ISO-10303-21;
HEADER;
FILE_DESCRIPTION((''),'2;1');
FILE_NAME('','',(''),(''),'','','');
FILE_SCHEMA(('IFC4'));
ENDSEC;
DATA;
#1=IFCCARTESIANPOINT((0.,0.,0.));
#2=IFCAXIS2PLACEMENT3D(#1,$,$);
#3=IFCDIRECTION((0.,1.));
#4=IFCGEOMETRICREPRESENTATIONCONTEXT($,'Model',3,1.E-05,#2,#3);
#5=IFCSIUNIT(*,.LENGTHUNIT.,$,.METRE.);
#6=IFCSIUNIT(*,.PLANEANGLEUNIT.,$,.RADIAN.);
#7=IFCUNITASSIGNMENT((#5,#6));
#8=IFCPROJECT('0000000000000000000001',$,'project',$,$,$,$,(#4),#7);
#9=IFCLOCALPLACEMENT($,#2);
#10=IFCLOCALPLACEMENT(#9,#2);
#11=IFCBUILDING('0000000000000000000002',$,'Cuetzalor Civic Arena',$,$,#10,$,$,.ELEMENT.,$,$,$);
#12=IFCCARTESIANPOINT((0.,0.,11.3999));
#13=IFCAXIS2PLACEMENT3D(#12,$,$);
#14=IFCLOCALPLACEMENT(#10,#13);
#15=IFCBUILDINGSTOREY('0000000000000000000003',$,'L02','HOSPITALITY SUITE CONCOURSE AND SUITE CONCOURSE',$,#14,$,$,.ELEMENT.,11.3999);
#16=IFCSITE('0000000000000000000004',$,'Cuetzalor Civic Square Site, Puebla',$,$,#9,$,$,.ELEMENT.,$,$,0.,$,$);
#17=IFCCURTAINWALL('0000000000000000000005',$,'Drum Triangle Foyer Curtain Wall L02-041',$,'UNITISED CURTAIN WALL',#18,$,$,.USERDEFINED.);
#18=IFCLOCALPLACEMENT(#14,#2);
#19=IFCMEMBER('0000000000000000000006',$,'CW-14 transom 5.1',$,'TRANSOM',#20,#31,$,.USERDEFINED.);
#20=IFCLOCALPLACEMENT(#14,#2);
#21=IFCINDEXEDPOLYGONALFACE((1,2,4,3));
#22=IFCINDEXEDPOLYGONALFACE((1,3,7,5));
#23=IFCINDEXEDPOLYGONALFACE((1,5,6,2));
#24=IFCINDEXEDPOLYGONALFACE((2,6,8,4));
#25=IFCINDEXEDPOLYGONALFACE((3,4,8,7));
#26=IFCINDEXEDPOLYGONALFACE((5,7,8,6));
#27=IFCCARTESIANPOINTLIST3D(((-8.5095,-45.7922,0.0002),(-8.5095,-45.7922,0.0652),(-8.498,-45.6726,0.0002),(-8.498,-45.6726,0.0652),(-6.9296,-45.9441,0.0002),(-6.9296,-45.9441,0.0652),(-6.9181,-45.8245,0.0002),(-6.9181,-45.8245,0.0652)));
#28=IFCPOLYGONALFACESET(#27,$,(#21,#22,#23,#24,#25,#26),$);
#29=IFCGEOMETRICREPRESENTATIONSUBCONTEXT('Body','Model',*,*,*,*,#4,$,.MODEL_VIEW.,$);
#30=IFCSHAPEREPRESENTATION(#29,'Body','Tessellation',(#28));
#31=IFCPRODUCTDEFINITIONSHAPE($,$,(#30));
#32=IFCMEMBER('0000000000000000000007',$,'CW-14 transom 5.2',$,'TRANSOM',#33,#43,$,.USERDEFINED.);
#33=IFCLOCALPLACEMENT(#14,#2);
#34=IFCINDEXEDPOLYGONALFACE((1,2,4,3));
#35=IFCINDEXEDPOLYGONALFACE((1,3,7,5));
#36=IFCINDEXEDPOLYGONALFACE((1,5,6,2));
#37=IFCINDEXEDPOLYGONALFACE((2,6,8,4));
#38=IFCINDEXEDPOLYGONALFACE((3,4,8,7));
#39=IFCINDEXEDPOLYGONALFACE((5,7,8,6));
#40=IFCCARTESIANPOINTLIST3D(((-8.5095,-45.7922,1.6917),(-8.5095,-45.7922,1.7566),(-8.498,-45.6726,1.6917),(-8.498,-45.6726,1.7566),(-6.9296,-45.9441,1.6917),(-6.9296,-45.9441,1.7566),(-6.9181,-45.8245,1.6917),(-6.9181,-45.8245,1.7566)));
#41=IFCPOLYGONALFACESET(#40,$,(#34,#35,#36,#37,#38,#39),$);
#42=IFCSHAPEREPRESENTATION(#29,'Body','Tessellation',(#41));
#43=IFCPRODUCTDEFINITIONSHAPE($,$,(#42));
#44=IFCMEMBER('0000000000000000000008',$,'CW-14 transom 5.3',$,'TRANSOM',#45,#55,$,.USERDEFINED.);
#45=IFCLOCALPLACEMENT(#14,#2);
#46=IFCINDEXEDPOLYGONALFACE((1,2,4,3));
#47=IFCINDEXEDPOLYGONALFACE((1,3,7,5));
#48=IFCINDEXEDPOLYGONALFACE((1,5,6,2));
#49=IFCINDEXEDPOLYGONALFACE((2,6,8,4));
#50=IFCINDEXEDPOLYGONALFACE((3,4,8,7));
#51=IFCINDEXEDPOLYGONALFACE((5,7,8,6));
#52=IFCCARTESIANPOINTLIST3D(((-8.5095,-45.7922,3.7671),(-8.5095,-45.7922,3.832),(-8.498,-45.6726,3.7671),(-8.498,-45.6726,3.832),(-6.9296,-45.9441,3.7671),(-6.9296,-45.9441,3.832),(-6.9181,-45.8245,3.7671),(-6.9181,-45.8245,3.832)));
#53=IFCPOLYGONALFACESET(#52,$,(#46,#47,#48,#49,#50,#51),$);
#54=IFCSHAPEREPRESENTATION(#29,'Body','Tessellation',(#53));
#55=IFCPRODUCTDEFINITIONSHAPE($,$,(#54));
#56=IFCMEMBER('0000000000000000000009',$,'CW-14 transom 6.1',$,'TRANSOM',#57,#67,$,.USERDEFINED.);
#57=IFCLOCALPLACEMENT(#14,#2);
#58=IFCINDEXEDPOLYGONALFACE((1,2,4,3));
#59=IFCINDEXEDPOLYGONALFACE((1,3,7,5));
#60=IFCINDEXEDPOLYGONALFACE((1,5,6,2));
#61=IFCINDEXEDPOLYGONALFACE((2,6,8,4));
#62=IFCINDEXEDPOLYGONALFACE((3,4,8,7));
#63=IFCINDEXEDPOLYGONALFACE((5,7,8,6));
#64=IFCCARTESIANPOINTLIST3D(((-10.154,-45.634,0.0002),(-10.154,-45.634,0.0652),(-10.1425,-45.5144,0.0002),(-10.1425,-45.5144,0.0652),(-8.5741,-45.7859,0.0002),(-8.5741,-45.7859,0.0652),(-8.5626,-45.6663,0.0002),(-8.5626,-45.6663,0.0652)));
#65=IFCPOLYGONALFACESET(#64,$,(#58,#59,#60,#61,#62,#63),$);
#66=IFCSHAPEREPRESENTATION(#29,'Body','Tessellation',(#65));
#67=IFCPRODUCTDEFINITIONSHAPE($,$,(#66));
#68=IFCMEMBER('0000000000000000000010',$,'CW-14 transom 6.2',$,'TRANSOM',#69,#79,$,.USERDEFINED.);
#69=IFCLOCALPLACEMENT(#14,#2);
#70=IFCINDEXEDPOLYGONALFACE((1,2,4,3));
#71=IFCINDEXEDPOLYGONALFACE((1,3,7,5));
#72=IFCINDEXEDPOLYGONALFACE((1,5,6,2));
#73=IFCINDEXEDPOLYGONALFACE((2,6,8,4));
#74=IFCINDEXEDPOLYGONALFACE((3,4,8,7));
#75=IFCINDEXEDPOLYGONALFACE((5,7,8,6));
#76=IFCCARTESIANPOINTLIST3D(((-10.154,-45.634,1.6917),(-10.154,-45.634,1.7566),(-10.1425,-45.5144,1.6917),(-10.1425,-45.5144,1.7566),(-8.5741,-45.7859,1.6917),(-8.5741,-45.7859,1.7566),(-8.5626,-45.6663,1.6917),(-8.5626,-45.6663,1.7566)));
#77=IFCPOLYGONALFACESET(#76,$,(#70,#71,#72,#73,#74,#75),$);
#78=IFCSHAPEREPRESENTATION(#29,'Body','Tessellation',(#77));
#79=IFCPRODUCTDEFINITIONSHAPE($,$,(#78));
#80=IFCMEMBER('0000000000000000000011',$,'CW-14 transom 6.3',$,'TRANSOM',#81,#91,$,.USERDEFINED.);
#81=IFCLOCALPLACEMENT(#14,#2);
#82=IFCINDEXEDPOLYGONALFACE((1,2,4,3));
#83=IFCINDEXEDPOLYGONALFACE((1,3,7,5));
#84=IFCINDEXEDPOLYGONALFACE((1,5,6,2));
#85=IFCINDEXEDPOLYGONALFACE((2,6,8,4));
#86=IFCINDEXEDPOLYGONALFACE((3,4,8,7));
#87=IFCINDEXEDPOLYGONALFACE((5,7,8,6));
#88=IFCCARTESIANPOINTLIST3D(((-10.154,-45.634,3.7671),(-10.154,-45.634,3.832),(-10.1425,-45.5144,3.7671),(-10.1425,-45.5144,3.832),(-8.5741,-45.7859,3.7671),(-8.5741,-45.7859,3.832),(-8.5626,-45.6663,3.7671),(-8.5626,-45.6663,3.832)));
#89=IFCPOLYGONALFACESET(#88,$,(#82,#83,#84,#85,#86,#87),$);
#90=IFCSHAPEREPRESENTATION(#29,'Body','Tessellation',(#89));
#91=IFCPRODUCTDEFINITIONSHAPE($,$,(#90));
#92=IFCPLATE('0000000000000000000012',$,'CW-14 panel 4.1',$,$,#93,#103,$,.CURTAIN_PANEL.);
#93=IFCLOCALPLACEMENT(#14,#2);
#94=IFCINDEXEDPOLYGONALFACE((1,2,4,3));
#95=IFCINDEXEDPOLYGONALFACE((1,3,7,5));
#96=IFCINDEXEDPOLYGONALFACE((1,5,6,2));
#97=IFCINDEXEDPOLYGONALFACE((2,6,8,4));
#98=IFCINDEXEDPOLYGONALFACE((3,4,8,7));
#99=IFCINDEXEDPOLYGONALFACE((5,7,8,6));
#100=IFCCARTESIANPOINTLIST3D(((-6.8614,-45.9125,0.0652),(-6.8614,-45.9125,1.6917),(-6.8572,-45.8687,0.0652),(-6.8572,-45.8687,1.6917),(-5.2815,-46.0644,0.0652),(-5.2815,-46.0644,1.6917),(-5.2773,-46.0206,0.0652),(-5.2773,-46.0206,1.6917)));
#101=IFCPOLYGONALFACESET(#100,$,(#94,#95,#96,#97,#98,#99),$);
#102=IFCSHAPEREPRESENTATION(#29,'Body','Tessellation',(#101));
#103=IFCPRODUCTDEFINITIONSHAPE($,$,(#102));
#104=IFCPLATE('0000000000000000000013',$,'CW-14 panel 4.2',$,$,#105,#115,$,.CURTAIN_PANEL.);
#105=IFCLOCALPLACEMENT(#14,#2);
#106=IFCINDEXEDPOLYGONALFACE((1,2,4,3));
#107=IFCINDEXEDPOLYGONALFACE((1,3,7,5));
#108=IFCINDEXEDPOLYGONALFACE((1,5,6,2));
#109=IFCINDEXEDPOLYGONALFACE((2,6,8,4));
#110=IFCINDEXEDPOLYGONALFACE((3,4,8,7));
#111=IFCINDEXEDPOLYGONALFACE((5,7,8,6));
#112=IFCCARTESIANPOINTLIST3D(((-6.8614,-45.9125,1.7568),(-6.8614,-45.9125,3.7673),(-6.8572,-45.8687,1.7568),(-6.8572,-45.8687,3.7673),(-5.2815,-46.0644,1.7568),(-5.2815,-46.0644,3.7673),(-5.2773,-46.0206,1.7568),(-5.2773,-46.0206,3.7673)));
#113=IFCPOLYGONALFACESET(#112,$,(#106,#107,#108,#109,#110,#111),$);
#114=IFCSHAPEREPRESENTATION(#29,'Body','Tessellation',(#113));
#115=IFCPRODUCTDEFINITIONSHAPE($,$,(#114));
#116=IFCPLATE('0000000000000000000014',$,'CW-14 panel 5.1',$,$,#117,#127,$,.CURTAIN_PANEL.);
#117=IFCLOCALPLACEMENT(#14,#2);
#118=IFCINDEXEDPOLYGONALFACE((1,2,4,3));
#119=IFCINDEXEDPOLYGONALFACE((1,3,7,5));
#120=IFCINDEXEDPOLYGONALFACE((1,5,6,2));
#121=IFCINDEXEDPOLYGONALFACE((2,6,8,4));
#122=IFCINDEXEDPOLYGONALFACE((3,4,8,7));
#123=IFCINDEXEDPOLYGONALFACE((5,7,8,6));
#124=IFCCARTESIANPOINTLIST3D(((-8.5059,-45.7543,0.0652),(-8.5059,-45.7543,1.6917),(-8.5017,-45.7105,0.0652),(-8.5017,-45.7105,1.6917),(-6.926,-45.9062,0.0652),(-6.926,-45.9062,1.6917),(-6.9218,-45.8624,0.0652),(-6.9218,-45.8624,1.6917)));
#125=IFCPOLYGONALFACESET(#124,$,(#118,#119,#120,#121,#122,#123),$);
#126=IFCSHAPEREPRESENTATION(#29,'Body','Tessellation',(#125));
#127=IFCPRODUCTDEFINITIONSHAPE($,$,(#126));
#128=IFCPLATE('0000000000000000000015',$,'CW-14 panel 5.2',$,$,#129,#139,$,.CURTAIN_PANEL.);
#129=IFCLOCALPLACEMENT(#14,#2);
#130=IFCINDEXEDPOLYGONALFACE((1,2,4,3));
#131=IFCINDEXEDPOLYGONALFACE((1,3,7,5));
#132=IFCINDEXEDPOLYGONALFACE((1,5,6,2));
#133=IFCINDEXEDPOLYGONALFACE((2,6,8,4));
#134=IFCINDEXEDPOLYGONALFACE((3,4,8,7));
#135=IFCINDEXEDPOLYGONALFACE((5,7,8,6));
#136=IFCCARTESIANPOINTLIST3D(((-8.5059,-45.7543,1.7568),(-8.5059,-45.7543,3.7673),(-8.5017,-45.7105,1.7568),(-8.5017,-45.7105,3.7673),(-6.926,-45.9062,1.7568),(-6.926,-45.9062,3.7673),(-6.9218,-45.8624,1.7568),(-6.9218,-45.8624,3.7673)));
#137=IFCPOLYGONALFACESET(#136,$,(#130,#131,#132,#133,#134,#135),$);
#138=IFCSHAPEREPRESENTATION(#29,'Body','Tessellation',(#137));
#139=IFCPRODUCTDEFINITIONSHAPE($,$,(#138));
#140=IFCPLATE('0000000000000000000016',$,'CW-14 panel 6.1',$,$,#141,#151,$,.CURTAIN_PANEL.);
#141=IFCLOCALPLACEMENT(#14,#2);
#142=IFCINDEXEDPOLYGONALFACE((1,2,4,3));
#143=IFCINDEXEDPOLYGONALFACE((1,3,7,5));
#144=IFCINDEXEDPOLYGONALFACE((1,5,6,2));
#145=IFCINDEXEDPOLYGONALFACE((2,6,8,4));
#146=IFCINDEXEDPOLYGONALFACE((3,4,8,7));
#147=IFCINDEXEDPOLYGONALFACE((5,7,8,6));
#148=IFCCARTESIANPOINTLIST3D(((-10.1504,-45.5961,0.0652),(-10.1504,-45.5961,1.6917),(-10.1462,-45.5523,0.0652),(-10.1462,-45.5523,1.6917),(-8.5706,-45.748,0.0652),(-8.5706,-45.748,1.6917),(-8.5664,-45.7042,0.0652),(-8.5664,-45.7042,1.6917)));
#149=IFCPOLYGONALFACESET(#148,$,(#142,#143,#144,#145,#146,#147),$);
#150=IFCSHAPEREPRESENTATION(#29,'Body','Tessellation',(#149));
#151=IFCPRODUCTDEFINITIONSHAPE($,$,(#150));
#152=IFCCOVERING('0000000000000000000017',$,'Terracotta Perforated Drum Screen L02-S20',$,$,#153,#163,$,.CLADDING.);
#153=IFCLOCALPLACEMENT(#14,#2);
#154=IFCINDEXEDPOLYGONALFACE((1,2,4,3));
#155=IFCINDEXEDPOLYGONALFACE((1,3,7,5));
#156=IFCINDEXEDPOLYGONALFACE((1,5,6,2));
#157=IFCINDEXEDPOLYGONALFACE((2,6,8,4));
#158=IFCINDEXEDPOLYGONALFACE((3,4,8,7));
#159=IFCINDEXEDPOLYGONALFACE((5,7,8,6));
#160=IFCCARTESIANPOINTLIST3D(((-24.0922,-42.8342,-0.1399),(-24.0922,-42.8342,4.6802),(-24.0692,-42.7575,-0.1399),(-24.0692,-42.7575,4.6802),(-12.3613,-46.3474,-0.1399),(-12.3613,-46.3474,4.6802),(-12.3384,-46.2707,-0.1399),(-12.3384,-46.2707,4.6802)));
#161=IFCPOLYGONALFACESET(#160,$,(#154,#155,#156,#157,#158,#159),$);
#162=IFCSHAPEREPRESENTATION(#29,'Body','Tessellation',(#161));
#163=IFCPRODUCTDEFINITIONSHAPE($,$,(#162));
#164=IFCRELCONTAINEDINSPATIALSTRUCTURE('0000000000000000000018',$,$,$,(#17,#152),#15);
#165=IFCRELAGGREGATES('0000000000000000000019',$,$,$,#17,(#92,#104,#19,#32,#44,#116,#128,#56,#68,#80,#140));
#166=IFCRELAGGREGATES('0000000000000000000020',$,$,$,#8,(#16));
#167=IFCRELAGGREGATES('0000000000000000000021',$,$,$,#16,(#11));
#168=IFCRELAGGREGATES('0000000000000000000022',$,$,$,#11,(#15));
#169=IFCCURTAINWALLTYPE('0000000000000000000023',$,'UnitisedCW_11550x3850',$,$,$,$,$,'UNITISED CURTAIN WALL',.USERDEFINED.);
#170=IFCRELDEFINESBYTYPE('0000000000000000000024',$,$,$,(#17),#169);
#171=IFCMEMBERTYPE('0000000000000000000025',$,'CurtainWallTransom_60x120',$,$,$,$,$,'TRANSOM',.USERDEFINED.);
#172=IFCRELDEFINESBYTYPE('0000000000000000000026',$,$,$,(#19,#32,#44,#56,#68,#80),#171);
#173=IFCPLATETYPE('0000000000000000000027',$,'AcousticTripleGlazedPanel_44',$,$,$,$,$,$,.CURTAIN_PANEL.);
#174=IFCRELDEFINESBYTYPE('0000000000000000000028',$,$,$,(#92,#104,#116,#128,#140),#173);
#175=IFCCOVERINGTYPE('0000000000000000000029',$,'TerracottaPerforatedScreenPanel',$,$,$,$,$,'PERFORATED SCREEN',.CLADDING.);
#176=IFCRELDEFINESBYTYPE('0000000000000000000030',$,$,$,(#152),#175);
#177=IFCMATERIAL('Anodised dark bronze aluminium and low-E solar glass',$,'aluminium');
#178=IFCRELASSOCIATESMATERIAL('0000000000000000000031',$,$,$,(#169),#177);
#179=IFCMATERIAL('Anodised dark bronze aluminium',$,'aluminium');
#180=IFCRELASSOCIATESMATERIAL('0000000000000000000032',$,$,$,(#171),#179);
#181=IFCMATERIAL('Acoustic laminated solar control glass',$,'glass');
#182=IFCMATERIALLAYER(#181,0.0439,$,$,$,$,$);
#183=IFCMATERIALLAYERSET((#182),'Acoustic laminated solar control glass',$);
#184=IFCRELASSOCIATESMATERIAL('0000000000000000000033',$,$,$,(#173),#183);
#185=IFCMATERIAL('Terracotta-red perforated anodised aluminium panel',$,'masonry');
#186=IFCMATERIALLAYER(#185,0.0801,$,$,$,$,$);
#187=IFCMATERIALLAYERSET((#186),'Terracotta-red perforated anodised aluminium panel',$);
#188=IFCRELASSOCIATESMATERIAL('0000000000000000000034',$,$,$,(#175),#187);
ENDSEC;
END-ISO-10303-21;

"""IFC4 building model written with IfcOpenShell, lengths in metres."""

from ifc_helpers import new_model, si_unit, direction, frame, frame_2d, origin, origin_2d, place, context, subcontext, project, spatial, rectangle, extrude, material, layer, layer_set, material_profile, profile_set, type_object, element, aggregate, save


model = new_model("IFC4")

# Units and contexts
model_context = context("Model", 3, precision=1e-05, world=origin(), true_north=direction((0.0, 1.0)))
body_context = subcontext(model_context, "Body", "Model", "MODEL_VIEW")
ifc_project = project(units=[si_unit("LENGTHUNIT", "METRE"), si_unit("PLANEANGLEUNIT", "RADIAN")], contexts=[model_context])

# Site, building, storey
site_placement = place(None, origin())
site = spatial("IfcSite", under=ifc_project, at=site_placement, Name="Cuetzalor Civic Square Site, Puebla", CompositionType="ELEMENT", RefElevation=0.0)
building_placement = place(site_placement, origin())
building = spatial("IfcBuilding", under=site, at=building_placement, Name="Cuetzalor Civic Arena", CompositionType="ELEMENT")
storey_placement = place(building_placement, frame((0.0, 0.0, 11.3999)))
storey = spatial("IfcBuildingStorey", under=building, at=storey_placement, Name="L02", Description="HOSPITALITY SUITE CONCOURSE AND SUITE CONCOURSE", CompositionType="ELEMENT", Elevation=11.3999)

# Curtain wall, members, plates
ifc_material_1 = material(Name="Anodised dark bronze aluminium and low-E solar glass", Category="aluminium")
curtain_wall_type = type_object("IfcCurtainWallType", Name="UnitisedCW_11550x3850", ElementType="UNITISED CURTAIN WALL", PredefinedType="USERDEFINED", material=ifc_material_1)
curtain_wall_placement = place(storey_placement, origin())
curtain_wall = element("IfcCurtainWall", 1, at=curtain_wall_placement, inside=storey, type_object=curtain_wall_type, Name="Drum Triangle Foyer Curtain Wall L02-041", ObjectType="UNITISED CURTAIN WALL", PredefinedType="USERDEFINED")
ifc_material_2 = material(Name="Anodised dark bronze aluminium", Category="aluminium")
ifc_material_profile_1 = material_profile(ifc_material_2, rectangle(XDim=0.1201, YDim=0.0649, at=origin_2d()), Name="ALU TRANSOM 65x120")
ifc_profile_set_1 = profile_set([ifc_material_profile_1], Name="Anodised dark bronze aluminium")
member_type_1 = type_object("IfcMemberType", Name="CurtainWallTransom_60x120", ElementType="TRANSOM", PredefinedType="USERDEFINED", material=ifc_profile_set_1)
member_1_placement = place(storey_placement, frame((-6.9238, -45.8843, 0.0327), z_axis=(-0.995412, 0.09568, 0.0), x_axis=(-0.09568, -0.995412, 0.0)))
member_1 = element("IfcMember", 2, at=member_1_placement, type_object=member_type_1, Name="CW-14 transom 5.1", ObjectType="TRANSOM", PredefinedType="USERDEFINED", context=body_context, shape_type="SweptSolid", body=[
    extrude(rectangle(XDim=0.1201, YDim=0.0649, at=origin_2d()), origin(), (0.0, 0.0, 1.0), 1.5872),
])
member_2_placement = place(storey_placement, frame((-6.9238, -45.8843, 1.7241), z_axis=(-0.995412, 0.09568, 0.0), x_axis=(-0.09568, -0.995412, 0.0)))
member_2 = element("IfcMember", 3, at=member_2_placement, type_object=member_type_1, Name="CW-14 transom 5.2", ObjectType="TRANSOM", PredefinedType="USERDEFINED", context=body_context, shape_type="SweptSolid", body=[
    extrude(rectangle(XDim=0.1201, YDim=0.0649, at=origin_2d()), origin(), (0.0, 0.0, 1.0), 1.5872),
])
member_3_placement = place(storey_placement, frame((-6.9238, -45.8843, 3.7996), z_axis=(-0.995412, 0.09568, 0.0), x_axis=(-0.09568, -0.995412, 0.0)))
member_3 = element("IfcMember", 4, at=member_3_placement, type_object=member_type_1, Name="CW-14 transom 5.3", ObjectType="TRANSOM", PredefinedType="USERDEFINED", context=body_context, shape_type="SweptSolid", body=[
    extrude(rectangle(XDim=0.1201, YDim=0.0649, at=origin_2d()), origin(), (0.0, 0.0, 1.0), 1.5872),
])
member_4_placement = place(storey_placement, frame((-8.5684, -45.7261, 0.0327), z_axis=(-0.995412, 0.09568, 0.0), x_axis=(-0.09568, -0.995412, 0.0)))
member_4 = element("IfcMember", 5, at=member_4_placement, type_object=member_type_1, Name="CW-14 transom 6.1", ObjectType="TRANSOM", PredefinedType="USERDEFINED", context=body_context, shape_type="SweptSolid", body=[
    extrude(rectangle(XDim=0.1201, YDim=0.0649, at=origin_2d()), origin(), (0.0, 0.0, 1.0), 1.5872),
])
member_5_placement = place(storey_placement, frame((-8.5684, -45.7261, 1.7241), z_axis=(-0.995412, 0.09568, 0.0), x_axis=(-0.09568, -0.995412, 0.0)))
member_5 = element("IfcMember", 6, at=member_5_placement, type_object=member_type_1, Name="CW-14 transom 6.2", ObjectType="TRANSOM", PredefinedType="USERDEFINED", context=body_context, shape_type="SweptSolid", body=[
    extrude(rectangle(XDim=0.1201, YDim=0.0649, at=origin_2d()), origin(), (0.0, 0.0, 1.0), 1.5872),
])
member_6_placement = place(storey_placement, frame((-8.5684, -45.7261, 3.7996), z_axis=(-0.995412, 0.09568, 0.0), x_axis=(-0.09568, -0.995412, 0.0)))
member_6 = element("IfcMember", 7, at=member_6_placement, type_object=member_type_1, Name="CW-14 transom 6.3", ObjectType="TRANSOM", PredefinedType="USERDEFINED", context=body_context, shape_type="SweptSolid", body=[
    extrude(rectangle(XDim=0.1201, YDim=0.0649, at=origin_2d()), origin(), (0.0, 0.0, 1.0), 1.5872),
])
ifc_material_3 = material(Name="Acoustic laminated solar control glass", Category="glass")
ifc_layer_1 = layer(ifc_material_3, 0.0439)
ifc_layer_set_1 = layer_set([ifc_layer_1], Name="Acoustic laminated solar control glass")
plate_type = type_object("IfcPlateType", Name="AcousticTripleGlazedPanel_44", PredefinedType="CURTAIN_PANEL", material=ifc_layer_set_1)
plate_1_placement = place(storey_placement, frame((-6.0693, -45.9666, 0.0652), z_axis=(0.0, 0.0, 1.0), x_axis=(-0.995409, 0.095711, 0.0)))
plate_1 = element("IfcPlate", 8, at=plate_1_placement, type_object=plate_type, Name="CW-14 panel 4.1", PredefinedType="CURTAIN_PANEL", context=body_context, shape_type="SweptSolid", body=[
    extrude(rectangle(XDim=1.5872, YDim=0.0439, at=origin_2d()), origin(), (0.0, 0.0, 1.0), 1.6265),
])
plate_2_placement = place(storey_placement, frame((-6.0693, -45.9666, 1.7568), z_axis=(0.0, 0.0, 1.0), x_axis=(-0.995409, 0.095711, 0.0)))
plate_2 = element("IfcPlate", 9, at=plate_2_placement, type_object=plate_type, Name="CW-14 panel 4.2", PredefinedType="CURTAIN_PANEL", context=body_context, shape_type="SweptSolid", body=[
    extrude(rectangle(XDim=1.5872, YDim=0.0439, at=origin_2d()), origin(), (0.0, 0.0, 1.0), 2.0105),
])
plate_3_placement = place(storey_placement, frame((-7.7139, -45.8083, 0.0652), z_axis=(0.0, 0.0, 1.0), x_axis=(-0.995409, 0.095711, 0.0)))
plate_3 = element("IfcPlate", 10, at=plate_3_placement, type_object=plate_type, Name="CW-14 panel 5.1", PredefinedType="CURTAIN_PANEL", context=body_context, shape_type="SweptSolid", body=[
    extrude(rectangle(XDim=1.5872, YDim=0.0439, at=origin_2d()), origin(), (0.0, 0.0, 1.0), 1.6265),
])
plate_4_placement = place(storey_placement, frame((-7.7139, -45.8083, 1.7568), z_axis=(0.0, 0.0, 1.0), x_axis=(-0.995409, 0.095711, 0.0)))
plate_4 = element("IfcPlate", 11, at=plate_4_placement, type_object=plate_type, Name="CW-14 panel 5.2", PredefinedType="CURTAIN_PANEL", context=body_context, shape_type="SweptSolid", body=[
    extrude(rectangle(XDim=1.5872, YDim=0.0439, at=origin_2d()), origin(), (0.0, 0.0, 1.0), 2.0105),
])
plate_5_placement = place(storey_placement, frame((-9.3584, -45.6501, 0.0652), z_axis=(0.0, 0.0, 1.0), x_axis=(-0.995409, 0.095711, 0.0)))
plate_5 = element("IfcPlate", 12, at=plate_5_placement, type_object=plate_type, Name="CW-14 panel 6.1", PredefinedType="CURTAIN_PANEL", context=body_context, shape_type="SweptSolid", body=[
    extrude(rectangle(XDim=1.5872, YDim=0.0439, at=origin_2d()), origin(), (0.0, 0.0, 1.0), 1.6265),
])
aggregate(curtain_wall, [plate_1, plate_2, member_1, member_2, member_3, plate_3, plate_4, member_4, member_5, member_6, plate_5])

# Covering
ifc_material_4 = material(Name="Terracotta-red perforated anodised aluminium panel", Category="masonry")
ifc_layer_2 = layer(ifc_material_4, 0.0801)
ifc_layer_set_2 = layer_set([ifc_layer_2], Name="Terracotta-red perforated anodised aluminium panel")
covering_type = type_object("IfcCoveringType", Name="TerracottaPerforatedScreenPanel", ElementType="PERFORATED SCREEN", PredefinedType="CLADDING", material=ifc_layer_set_2)
covering_placement = place(storey_placement, frame((-12.3499, -46.3091, -0.1399), z_axis=(0.0, 0.0, 1.0), x_axis=(-0.957962, 0.286896, 0.0)))
element("IfcCovering", 13, at=covering_placement, inside=storey, type_object=covering_type, Name="Terracotta Perforated Drum Screen L02-S20", PredefinedType="CLADDING", context=body_context, shape_type="SweptSolid", body=[
    extrude(rectangle(XDim=12.2456, YDim=0.0801, at=frame_2d((6.1228, 0.0))), origin(), (0.0, 0.0, 1.0), 4.8201),
])

save(model, "model.ifc")
